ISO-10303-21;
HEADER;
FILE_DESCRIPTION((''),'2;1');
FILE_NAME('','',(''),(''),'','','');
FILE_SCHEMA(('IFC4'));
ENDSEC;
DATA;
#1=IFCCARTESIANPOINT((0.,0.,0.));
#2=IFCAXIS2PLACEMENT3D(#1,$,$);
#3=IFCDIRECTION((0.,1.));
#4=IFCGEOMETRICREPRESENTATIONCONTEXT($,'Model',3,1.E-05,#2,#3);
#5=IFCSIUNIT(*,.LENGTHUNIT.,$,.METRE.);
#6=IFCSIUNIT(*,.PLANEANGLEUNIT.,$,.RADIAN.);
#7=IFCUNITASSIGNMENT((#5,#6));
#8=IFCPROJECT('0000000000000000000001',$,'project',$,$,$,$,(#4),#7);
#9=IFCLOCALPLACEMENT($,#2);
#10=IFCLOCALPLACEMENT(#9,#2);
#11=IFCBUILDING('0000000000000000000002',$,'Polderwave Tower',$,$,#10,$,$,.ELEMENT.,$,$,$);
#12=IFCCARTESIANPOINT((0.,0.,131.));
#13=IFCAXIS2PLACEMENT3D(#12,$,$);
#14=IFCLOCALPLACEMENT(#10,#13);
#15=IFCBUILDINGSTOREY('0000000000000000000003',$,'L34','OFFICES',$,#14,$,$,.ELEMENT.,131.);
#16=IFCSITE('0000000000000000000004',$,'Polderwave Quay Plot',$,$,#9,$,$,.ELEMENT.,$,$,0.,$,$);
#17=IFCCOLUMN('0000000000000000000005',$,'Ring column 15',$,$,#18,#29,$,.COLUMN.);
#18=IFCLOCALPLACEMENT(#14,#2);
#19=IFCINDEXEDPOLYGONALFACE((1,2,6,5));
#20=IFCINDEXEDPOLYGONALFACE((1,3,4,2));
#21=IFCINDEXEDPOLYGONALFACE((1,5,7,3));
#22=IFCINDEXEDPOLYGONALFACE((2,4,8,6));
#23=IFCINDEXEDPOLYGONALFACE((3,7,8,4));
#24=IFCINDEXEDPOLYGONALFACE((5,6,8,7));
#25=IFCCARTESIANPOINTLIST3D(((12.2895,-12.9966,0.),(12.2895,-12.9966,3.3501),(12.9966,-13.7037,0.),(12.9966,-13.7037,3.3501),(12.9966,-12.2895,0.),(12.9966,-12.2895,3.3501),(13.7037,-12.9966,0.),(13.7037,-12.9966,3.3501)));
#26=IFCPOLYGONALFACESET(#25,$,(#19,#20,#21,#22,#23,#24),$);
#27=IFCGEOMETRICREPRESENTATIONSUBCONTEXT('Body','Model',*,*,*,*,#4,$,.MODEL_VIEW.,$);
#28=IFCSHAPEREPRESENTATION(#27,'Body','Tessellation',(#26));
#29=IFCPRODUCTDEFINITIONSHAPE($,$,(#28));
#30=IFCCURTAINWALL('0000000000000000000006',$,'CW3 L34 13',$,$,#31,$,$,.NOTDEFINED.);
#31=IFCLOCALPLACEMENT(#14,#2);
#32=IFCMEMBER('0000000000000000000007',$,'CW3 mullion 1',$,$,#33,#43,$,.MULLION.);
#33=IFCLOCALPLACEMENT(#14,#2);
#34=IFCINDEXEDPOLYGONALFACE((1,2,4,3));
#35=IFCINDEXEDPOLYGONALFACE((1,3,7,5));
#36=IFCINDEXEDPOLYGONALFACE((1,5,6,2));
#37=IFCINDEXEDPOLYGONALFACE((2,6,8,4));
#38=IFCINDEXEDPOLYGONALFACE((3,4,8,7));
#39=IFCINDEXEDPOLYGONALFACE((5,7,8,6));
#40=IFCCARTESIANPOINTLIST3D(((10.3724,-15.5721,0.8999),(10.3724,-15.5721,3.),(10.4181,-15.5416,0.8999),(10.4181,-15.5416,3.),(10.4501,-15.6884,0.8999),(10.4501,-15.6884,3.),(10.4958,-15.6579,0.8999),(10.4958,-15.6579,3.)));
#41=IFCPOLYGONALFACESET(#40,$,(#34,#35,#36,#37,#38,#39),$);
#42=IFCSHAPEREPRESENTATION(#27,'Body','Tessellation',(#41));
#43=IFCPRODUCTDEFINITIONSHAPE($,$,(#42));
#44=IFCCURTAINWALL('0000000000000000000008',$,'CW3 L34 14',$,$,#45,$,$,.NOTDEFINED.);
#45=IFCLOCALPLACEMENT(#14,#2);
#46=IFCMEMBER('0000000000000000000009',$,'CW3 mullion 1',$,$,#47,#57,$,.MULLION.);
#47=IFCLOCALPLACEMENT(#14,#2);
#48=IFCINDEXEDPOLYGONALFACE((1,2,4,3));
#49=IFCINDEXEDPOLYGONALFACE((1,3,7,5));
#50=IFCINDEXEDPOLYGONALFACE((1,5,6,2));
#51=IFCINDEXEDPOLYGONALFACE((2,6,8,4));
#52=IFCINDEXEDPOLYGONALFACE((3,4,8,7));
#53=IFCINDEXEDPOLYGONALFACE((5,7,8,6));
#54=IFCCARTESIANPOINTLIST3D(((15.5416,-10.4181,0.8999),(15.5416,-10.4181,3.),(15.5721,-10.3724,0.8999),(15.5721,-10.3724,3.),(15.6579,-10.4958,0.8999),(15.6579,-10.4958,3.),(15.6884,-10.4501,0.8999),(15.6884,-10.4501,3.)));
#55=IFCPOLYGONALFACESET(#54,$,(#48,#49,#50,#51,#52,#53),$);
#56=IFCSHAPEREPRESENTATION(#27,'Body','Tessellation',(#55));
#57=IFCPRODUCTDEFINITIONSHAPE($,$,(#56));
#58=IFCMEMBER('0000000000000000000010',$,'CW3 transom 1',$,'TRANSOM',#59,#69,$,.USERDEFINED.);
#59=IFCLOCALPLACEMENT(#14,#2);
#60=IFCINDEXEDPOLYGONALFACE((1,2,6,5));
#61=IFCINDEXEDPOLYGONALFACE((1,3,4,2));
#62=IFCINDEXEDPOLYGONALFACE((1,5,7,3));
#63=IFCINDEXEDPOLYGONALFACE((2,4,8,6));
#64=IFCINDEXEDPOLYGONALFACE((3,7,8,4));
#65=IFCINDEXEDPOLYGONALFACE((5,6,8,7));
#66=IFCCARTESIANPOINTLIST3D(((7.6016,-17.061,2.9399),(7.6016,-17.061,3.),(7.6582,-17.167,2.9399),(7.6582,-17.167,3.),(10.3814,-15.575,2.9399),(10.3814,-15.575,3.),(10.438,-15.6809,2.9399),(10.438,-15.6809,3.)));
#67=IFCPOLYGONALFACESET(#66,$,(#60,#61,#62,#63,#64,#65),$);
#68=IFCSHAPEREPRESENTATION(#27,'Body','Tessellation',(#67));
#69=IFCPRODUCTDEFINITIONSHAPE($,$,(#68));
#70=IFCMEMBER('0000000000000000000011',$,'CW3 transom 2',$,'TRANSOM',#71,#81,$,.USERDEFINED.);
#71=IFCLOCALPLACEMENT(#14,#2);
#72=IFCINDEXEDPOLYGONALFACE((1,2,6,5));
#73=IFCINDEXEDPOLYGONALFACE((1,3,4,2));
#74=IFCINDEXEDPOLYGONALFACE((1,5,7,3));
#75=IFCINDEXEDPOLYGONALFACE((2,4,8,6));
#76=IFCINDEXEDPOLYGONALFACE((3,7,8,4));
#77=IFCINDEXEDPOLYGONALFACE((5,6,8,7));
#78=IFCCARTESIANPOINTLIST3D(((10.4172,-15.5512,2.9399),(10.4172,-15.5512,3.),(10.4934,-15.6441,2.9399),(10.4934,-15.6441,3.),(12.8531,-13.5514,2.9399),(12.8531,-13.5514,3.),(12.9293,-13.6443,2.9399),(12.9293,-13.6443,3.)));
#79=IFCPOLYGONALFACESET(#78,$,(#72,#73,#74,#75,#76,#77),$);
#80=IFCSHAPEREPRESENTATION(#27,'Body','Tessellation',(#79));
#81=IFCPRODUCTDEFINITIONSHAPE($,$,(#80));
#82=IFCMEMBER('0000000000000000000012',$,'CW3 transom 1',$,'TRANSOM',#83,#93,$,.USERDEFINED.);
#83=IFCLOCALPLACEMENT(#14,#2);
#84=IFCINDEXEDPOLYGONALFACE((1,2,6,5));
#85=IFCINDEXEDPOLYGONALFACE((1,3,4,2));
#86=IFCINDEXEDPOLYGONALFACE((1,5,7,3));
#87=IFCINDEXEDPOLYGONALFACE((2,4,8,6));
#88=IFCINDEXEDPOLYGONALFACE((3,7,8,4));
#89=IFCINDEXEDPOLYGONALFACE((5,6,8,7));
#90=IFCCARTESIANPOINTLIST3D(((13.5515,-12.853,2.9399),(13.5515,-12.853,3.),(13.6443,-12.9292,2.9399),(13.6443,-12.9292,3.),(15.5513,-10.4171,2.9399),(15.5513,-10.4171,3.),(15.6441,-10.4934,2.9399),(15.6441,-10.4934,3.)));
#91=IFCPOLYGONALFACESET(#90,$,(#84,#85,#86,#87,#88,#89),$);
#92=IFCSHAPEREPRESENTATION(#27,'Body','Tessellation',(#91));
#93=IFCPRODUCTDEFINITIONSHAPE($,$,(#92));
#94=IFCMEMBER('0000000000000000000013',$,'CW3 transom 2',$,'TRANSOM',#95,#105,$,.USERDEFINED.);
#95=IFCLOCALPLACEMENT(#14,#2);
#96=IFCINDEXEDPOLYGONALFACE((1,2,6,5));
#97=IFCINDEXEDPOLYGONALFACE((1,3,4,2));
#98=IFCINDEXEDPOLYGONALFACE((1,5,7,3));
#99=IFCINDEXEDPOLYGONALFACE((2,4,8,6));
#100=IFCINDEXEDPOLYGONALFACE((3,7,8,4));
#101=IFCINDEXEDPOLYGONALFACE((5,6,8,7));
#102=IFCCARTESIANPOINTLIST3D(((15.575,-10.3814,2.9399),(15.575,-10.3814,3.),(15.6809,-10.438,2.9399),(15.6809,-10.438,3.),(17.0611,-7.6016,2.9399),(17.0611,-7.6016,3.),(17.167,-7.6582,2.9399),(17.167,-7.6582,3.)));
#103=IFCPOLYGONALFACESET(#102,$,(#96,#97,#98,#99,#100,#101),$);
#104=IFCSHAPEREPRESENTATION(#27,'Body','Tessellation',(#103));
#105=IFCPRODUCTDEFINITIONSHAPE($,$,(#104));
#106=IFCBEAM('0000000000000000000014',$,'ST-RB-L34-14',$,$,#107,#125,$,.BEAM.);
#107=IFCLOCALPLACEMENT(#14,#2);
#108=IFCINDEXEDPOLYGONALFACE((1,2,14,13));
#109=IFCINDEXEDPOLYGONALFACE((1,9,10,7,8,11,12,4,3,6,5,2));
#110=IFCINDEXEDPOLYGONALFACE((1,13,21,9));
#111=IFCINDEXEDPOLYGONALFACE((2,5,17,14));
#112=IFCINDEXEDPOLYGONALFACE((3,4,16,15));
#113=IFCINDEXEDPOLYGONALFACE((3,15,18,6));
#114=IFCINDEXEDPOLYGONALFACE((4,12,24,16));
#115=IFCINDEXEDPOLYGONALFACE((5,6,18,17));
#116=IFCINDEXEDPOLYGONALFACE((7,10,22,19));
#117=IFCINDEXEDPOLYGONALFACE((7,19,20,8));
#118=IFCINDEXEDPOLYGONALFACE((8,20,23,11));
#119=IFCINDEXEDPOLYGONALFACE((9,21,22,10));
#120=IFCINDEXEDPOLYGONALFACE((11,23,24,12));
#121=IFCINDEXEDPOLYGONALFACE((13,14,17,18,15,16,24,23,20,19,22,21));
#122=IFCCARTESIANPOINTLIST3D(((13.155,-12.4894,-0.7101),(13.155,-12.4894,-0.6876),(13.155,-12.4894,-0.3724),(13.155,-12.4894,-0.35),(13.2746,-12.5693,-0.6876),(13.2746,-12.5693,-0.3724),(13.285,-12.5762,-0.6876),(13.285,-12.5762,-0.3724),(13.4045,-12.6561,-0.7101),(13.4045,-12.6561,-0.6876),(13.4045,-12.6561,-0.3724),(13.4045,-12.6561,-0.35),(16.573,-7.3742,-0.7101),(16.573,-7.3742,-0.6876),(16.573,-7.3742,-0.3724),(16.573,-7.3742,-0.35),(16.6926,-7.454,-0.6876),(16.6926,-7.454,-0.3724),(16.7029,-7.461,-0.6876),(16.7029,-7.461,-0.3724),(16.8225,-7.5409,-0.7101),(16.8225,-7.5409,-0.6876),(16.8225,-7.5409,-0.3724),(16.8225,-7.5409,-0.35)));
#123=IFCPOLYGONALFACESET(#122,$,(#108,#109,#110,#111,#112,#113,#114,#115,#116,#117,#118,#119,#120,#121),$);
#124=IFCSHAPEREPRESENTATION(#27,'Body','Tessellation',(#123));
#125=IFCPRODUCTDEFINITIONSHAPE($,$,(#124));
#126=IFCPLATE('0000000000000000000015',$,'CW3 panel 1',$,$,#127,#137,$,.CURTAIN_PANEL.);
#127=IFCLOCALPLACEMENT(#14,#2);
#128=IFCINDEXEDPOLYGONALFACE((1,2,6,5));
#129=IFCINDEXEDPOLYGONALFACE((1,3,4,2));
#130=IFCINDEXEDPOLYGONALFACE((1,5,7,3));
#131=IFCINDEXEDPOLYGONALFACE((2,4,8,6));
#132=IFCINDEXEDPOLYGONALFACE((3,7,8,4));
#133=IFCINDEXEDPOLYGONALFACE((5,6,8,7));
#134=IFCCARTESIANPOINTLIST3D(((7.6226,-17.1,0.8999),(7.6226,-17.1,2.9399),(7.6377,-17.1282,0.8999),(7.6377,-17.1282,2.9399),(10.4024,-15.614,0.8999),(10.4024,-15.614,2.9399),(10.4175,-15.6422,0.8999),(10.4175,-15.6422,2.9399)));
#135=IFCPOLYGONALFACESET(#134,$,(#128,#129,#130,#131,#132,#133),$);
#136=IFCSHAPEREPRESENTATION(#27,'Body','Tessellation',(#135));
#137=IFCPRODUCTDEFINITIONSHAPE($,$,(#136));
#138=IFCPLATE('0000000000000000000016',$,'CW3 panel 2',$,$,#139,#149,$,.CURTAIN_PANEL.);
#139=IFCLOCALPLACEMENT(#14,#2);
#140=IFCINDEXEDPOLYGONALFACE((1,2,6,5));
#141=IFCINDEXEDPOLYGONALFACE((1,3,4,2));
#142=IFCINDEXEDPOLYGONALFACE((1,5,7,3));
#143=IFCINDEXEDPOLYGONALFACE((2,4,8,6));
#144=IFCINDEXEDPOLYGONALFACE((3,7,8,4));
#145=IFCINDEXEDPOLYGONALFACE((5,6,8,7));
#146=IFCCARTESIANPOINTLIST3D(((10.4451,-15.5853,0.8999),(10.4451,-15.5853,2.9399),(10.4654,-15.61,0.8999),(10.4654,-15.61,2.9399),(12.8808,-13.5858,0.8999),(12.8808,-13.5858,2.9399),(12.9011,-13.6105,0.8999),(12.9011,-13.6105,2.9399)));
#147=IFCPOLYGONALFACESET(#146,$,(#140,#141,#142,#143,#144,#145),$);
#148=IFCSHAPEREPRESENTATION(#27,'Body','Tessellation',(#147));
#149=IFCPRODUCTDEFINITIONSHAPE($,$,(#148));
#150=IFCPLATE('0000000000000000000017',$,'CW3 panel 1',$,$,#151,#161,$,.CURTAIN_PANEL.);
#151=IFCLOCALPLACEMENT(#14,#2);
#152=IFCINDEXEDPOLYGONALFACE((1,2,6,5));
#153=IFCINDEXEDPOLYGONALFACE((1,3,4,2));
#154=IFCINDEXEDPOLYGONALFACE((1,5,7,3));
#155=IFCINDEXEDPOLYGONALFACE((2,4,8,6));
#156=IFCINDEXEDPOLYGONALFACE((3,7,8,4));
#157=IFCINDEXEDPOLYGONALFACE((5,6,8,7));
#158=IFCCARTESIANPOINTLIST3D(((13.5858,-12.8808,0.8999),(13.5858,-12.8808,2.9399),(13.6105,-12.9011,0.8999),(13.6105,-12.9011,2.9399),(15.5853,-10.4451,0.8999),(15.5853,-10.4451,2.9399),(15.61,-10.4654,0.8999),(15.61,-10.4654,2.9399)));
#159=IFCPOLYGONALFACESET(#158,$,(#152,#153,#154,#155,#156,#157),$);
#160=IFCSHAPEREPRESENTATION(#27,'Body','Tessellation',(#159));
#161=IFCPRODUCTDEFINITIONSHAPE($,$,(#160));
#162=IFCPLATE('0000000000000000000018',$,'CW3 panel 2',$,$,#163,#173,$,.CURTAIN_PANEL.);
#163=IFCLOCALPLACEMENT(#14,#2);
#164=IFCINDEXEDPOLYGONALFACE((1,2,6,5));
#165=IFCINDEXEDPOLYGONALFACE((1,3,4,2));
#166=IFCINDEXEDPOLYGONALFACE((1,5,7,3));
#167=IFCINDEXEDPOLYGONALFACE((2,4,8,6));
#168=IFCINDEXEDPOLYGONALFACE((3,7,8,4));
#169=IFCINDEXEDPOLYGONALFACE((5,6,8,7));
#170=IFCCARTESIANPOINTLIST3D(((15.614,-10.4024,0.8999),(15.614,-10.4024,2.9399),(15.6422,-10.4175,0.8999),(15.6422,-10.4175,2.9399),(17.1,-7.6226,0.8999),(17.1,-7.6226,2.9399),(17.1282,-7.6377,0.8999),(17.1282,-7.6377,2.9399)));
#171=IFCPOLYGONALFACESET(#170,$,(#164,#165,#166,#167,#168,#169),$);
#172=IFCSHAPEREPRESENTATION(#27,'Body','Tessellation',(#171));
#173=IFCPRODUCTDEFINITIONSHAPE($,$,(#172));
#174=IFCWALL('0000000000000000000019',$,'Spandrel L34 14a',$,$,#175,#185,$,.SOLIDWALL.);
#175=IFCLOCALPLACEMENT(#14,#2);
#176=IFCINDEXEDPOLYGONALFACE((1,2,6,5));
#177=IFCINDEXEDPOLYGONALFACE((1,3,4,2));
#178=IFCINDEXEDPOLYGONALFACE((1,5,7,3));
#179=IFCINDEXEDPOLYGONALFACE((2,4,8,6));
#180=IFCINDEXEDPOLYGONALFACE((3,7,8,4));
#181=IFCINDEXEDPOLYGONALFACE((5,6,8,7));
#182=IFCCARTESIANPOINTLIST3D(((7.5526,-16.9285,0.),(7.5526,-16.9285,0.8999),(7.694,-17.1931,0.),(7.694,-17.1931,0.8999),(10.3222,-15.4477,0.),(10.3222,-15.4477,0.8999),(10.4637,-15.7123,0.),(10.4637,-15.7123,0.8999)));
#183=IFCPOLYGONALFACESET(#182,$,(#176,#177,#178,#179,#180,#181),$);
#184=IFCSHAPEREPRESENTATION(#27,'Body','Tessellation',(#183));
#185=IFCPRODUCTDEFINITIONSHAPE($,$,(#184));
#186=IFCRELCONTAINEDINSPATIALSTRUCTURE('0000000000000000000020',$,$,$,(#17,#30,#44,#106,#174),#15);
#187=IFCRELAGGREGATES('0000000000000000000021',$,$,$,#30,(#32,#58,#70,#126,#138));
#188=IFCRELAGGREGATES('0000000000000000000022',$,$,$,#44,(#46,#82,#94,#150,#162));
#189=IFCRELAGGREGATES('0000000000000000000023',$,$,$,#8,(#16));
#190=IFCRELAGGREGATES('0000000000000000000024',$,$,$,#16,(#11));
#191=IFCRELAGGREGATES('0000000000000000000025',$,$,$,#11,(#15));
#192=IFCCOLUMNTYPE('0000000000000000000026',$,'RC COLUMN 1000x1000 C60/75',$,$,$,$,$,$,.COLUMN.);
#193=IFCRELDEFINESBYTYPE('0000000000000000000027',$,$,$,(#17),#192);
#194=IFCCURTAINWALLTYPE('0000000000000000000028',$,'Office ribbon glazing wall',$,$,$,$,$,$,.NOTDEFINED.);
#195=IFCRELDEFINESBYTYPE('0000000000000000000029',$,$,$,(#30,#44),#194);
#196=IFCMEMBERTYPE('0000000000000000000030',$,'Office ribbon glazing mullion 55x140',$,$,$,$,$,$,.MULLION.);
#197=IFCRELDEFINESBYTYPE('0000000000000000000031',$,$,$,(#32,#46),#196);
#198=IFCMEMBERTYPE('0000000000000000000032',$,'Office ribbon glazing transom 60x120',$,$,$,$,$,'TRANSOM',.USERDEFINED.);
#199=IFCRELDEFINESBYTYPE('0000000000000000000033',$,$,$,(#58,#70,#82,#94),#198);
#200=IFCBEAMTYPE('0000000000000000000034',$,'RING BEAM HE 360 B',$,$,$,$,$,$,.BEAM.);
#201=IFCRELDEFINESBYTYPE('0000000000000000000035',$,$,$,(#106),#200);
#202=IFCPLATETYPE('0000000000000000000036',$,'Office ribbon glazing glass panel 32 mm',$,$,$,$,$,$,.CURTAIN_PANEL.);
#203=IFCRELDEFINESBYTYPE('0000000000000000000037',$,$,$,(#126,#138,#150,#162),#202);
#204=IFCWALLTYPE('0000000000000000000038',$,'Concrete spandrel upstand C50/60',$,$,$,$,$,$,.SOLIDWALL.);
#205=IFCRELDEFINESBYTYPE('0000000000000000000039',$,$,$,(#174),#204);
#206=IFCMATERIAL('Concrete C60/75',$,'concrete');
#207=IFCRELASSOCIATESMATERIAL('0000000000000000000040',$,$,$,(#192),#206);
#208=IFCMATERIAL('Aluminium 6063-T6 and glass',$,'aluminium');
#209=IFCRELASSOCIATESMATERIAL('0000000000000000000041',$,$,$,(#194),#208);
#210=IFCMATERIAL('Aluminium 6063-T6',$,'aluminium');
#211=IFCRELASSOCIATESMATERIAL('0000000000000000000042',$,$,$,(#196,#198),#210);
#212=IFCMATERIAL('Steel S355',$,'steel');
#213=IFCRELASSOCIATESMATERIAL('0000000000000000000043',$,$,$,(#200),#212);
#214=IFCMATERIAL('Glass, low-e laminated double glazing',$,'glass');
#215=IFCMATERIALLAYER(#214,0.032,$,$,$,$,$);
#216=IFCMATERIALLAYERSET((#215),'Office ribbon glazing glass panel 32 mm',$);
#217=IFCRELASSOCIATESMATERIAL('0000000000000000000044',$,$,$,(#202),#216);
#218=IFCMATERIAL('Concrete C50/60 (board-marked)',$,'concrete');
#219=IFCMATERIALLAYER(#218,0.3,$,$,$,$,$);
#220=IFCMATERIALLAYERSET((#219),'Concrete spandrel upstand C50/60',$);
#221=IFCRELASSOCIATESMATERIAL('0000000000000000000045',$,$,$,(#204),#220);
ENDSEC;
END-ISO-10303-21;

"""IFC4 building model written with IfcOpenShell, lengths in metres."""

from ifc_helpers import new_model, si_unit, direction, frame, frame_2d, origin, origin_2d, place, context, subcontext, project, spatial, rectangle, i_section, extrude, material, layer, layer_set, material_profile, profile_set, type_object, element, aggregate, save


model = new_model("IFC4")

# Units and contexts
model_context = context("Model", 3, precision=1e-05, world=origin(), true_north=direction((0.0, 1.0)))
body_context = subcontext(model_context, "Body", "Model", "MODEL_VIEW")
ifc_project = project(units=[si_unit("LENGTHUNIT", "METRE"), si_unit("PLANEANGLEUNIT", "RADIAN")], contexts=[model_context])

# Site, building, storey
site_placement = place(None, origin())
site = spatial("IfcSite", under=ifc_project, at=site_placement, Name="Polderwave Quay Plot", CompositionType="ELEMENT", RefElevation=0.0)
building_placement = place(site_placement, origin())
building = spatial("IfcBuilding", under=site, at=building_placement, Name="Polderwave Tower", CompositionType="ELEMENT")
storey_placement = place(building_placement, frame((0.0, 0.0, 131.0)))
storey = spatial("IfcBuildingStorey", under=building, at=storey_placement, Name="L34", Description="OFFICES", CompositionType="ELEMENT", Elevation=131.0)

# Column
ifc_material_1 = material(Name="Concrete C60/75", Category="concrete")
ifc_material_profile_1 = material_profile(ifc_material_1, rectangle(XDim=1.0, YDim=1.0, at=origin_2d()), Name="RC 1000x1000")
ifc_profile_set_1 = profile_set([ifc_material_profile_1], Name="Concrete C60/75")
column_type = type_object("IfcColumnType", Name="RC COLUMN 1000x1000 C60/75", PredefinedType="COLUMN", material=ifc_profile_set_1)
column_placement = place(storey_placement, frame((12.9966, -12.9966, 0.0), z_axis=(0.0, 0.0, 1.0), x_axis=(0.707107, -0.707107, 0.0)))
element("IfcColumn", 1, at=column_placement, inside=storey, type_object=column_type, Name="Ring column 15", PredefinedType="COLUMN", context=body_context, shape_type="SweptSolid", body=[
    extrude(rectangle(XDim=1.0, YDim=1.0, at=origin_2d()), origin(), (0.0, 0.0, 1.0), 3.3501),
])

# Curtain walls, members
ifc_material_2 = material(Name="Aluminium 6063-T6 and glass", Category="aluminium")
curtain_wall_type = type_object("IfcCurtainWallType", Name="Office ribbon glazing wall", PredefinedType="NOTDEFINED", material=ifc_material_2)
curtain_wall_1_placement = place(storey_placement, origin())
curtain_wall_1 = element("IfcCurtainWall", 2, at=curtain_wall_1_placement, inside=storey, type_object=curtain_wall_type, Name="CW3 L34 13", PredefinedType="NOTDEFINED")
ifc_material_3 = material(Name="Aluminium 6063-T6", Category="aluminium")
ifc_material_profile_2 = material_profile(ifc_material_3, rectangle(XDim=0.1399, YDim=0.0549, at=origin_2d()), Name="AL 55x140")
ifc_profile_set_2 = profile_set([ifc_material_profile_2], Name="Aluminium 6063-T6")
member_type_1 = type_object("IfcMemberType", Name="Office ribbon glazing mullion 55x140", PredefinedType="MULLION", material=ifc_profile_set_2)
member_1_placement = place(storey_placement, frame((10.4341, -15.615, 0.8999), z_axis=(0.0, 0.0, 1.0), x_axis=(-0.555657, 0.831411, 0.0)))
member_1 = element("IfcMember", 3, at=member_1_placement, type_object=member_type_1, Name="CW3 mullion 1", PredefinedType="MULLION", context=body_context, shape_type="SweptSolid", body=[
    extrude(rectangle(XDim=0.1399, YDim=0.0549, at=origin_2d()), origin(), (0.0, 0.0, 1.0), 2.1001),
])
curtain_wall_2_placement = place(storey_placement, origin())
curtain_wall_2 = element("IfcCurtainWall", 4, at=curtain_wall_2_placement, inside=storey, type_object=curtain_wall_type, Name="CW3 L34 14", PredefinedType="NOTDEFINED")
member_2_placement = place(storey_placement, frame((15.615, -10.4341, 0.8999), z_axis=(0.0, 0.0, 1.0), x_axis=(-0.831411, 0.555657, 0.0)))
member_2 = element("IfcMember", 5, at=member_2_placement, type_object=member_type_1, Name="CW3 mullion 1", PredefinedType="MULLION", context=body_context, shape_type="SweptSolid", body=[
    extrude(rectangle(XDim=0.1399, YDim=0.0549, at=origin_2d()), origin(), (0.0, 0.0, 1.0), 2.1001),
])

# Members
ifc_material_profile_3 = material_profile(ifc_material_3, rectangle(XDim=0.1201, YDim=0.0601, at=origin_2d()), Name="AL 60x120")
ifc_profile_set_3 = profile_set([ifc_material_profile_3], Name="Aluminium 6063-T6")
member_type_2 = type_object("IfcMemberType", Name="Office ribbon glazing transom 60x120", ElementType="TRANSOM", PredefinedType="USERDEFINED", material=ifc_profile_set_3)
member_3_placement = place(storey_placement, frame((7.6299, -17.114, 2.97), z_axis=(0.881887, 0.47146, 0.0), x_axis=(-0.47146, 0.881887, 0.0)))
member_3 = element("IfcMember", 6, at=member_3_placement, type_object=member_type_2, Name="CW3 transom 1", ObjectType="TRANSOM", PredefinedType="USERDEFINED", context=body_context, shape_type="SweptSolid", body=[
    extrude(rectangle(XDim=0.1201, YDim=0.0601, at=origin_2d()), origin(), (0.0, 0.0, 1.0), 3.1521),
])
member_4_placement = place(storey_placement, frame((10.4553, -15.5977, 2.97), z_axis=(0.772893, 0.634536, 0.0), x_axis=(-0.634536, 0.772893, 0.0)))
member_4 = element("IfcMember", 7, at=member_4_placement, type_object=member_type_2, Name="CW3 transom 2", ObjectType="TRANSOM", PredefinedType="USERDEFINED", context=body_context, shape_type="SweptSolid", body=[
    extrude(rectangle(XDim=0.1201, YDim=0.0601, at=origin_2d()), origin(), (0.0, 0.0, 1.0), 3.1516),
])
member_5_placement = place(storey_placement, frame((13.5979, -12.8911, 2.97), z_axis=(0.634536, 0.772893, 0.0), x_axis=(-0.772893, 0.634536, 0.0)))
member_5 = element("IfcMember", 8, at=member_5_placement, type_object=member_type_2, Name="CW3 transom 1", ObjectType="TRANSOM", PredefinedType="USERDEFINED", context=body_context, shape_type="SweptSolid", body=[
    extrude(rectangle(XDim=0.1201, YDim=0.0601, at=origin_2d()), origin(), (0.0, 0.0, 1.0), 3.1516),
])
member_6_placement = place(storey_placement, frame((15.6279, -10.4097, 2.97), z_axis=(0.47146, 0.881887, 0.0), x_axis=(-0.881887, 0.47146, 0.0)))
member_6 = element("IfcMember", 9, at=member_6_placement, type_object=member_type_2, Name="CW3 transom 2", ObjectType="TRANSOM", PredefinedType="USERDEFINED", context=body_context, shape_type="SweptSolid", body=[
    extrude(rectangle(XDim=0.1201, YDim=0.0601, at=origin_2d()), origin(), (0.0, 0.0, 1.0), 3.1521),
])

# Beam
ifc_material_4 = material(Name="Steel S355", Category="steel")
ifc_material_profile_4 = material_profile(ifc_material_4, i_section(OverallWidth=0.3, OverallDepth=0.3601, WebThickness=0.0125, FlangeThickness=0.0225, at=origin_2d()), Name="HE 360 B")
ifc_profile_set_4 = profile_set([ifc_material_profile_4], Name="Steel S355")
beam_type = type_object("IfcBeamType", Name="RING BEAM HE 360 B", PredefinedType="BEAM", material=ifc_profile_set_4)
beam_placement = place(storey_placement, frame((13.2798, -12.5728, -0.53), z_axis=(0.555579, 0.831464, 0.0), x_axis=(-0.831464, 0.555579, 0.0)))
element("IfcBeam", 10, at=beam_placement, inside=storey, type_object=beam_type, Name="ST-RB-L34-14", PredefinedType="BEAM", context=body_context, shape_type="SweptSolid", body=[
    extrude(i_section(OverallWidth=0.3, OverallDepth=0.3601, WebThickness=0.0125, FlangeThickness=0.0225, at=origin_2d()), origin(), (0.0, 0.0, 1.0), 6.1521),
])

# Plates
ifc_material_5 = material(Name="Glass, low-e laminated double glazing", Category="glass")
ifc_layer_1 = layer(ifc_material_5, 0.032)
ifc_layer_set_1 = layer_set([ifc_layer_1], Name="Office ribbon glazing glass panel 32 mm")
plate_type = type_object("IfcPlateType", Name="Office ribbon glazing glass panel 32 mm", PredefinedType="CURTAIN_PANEL", material=ifc_layer_set_1)
plate_1_placement = place(storey_placement, frame((9.02, -16.3711, 0.8999), z_axis=(0.0, 0.0, 1.0), x_axis=(0.881891, 0.471454, 0.0)))
plate_1 = element("IfcPlate", 11, at=plate_1_placement, type_object=plate_type, Name="CW3 panel 1", PredefinedType="CURTAIN_PANEL", context=body_context, shape_type="SweptSolid", body=[
    extrude(rectangle(XDim=3.1521, YDim=0.032, at=origin_2d()), origin(), (0.0, 0.0, 1.0), 2.04),
])
plate_2_placement = place(storey_placement, frame((11.6731, -14.5979, 0.8999), z_axis=(0.0, 0.0, 1.0), x_axis=(0.772919, 0.634505, 0.0)))
plate_2 = element("IfcPlate", 12, at=plate_2_placement, type_object=plate_type, Name="CW3 panel 2", PredefinedType="CURTAIN_PANEL", context=body_context, shape_type="SweptSolid", body=[
    extrude(rectangle(XDim=3.1514, YDim=0.032, at=origin_2d()), origin(), (0.0, 0.0, 1.0), 2.04),
])
aggregate(curtain_wall_1, [member_1, member_3, member_4, plate_1, plate_2])
plate_3_placement = place(storey_placement, frame((14.5979, -11.6731, 0.8999), z_axis=(0.0, 0.0, 1.0), x_axis=(0.634505, 0.772919, 0.0)))
plate_3 = element("IfcPlate", 13, at=plate_3_placement, type_object=plate_type, Name="CW3 panel 1", PredefinedType="CURTAIN_PANEL", context=body_context, shape_type="SweptSolid", body=[
    extrude(rectangle(XDim=3.1514, YDim=0.032, at=origin_2d()), origin(), (0.0, 0.0, 1.0), 2.04),
])
plate_4_placement = place(storey_placement, frame((16.3711, -9.02, 0.8999), z_axis=(0.0, 0.0, 1.0), x_axis=(0.471454, 0.881891, 0.0)))
plate_4 = element("IfcPlate", 14, at=plate_4_placement, type_object=plate_type, Name="CW3 panel 2", PredefinedType="CURTAIN_PANEL", context=body_context, shape_type="SweptSolid", body=[
    extrude(rectangle(XDim=3.1521, YDim=0.032, at=origin_2d()), origin(), (0.0, 0.0, 1.0), 2.04),
])
aggregate(curtain_wall_2, [member_2, member_5, member_6, plate_3, plate_4])

# Wall
ifc_material_6 = material(Name="Concrete C50/60 (board-marked)", Category="concrete")
ifc_layer_2 = layer(ifc_material_6, 0.3)
ifc_layer_set_2 = layer_set([ifc_layer_2], Name="Concrete spandrel upstand C50/60")
wall_type = type_object("IfcWallType", Name="Concrete spandrel upstand C50/60", PredefinedType="SOLIDWALL", material=ifc_layer_set_2)
for number, where, z_axis, x_axis, name in (
    (15, (7.6233, -17.0608, 0.0), (0.0, 0.0, 1.0), (0.881873, 0.471488, 0.0), "Spandrel L34 14a"),
):
    element("IfcWall", number, at=place(storey_placement, frame(where, z_axis=z_axis, x_axis=x_axis)), inside=storey, type_object=wall_type, Name=name, PredefinedType="SOLIDWALL", context=body_context, shape_type="SweptSolid", body=[
        extrude(rectangle(XDim=3.1406, YDim=0.3, at=frame_2d((1.5703, 0.0))), origin(), (0.0, 0.0, 1.0), 0.8999),
    ])

save(model, "model.ifc")
